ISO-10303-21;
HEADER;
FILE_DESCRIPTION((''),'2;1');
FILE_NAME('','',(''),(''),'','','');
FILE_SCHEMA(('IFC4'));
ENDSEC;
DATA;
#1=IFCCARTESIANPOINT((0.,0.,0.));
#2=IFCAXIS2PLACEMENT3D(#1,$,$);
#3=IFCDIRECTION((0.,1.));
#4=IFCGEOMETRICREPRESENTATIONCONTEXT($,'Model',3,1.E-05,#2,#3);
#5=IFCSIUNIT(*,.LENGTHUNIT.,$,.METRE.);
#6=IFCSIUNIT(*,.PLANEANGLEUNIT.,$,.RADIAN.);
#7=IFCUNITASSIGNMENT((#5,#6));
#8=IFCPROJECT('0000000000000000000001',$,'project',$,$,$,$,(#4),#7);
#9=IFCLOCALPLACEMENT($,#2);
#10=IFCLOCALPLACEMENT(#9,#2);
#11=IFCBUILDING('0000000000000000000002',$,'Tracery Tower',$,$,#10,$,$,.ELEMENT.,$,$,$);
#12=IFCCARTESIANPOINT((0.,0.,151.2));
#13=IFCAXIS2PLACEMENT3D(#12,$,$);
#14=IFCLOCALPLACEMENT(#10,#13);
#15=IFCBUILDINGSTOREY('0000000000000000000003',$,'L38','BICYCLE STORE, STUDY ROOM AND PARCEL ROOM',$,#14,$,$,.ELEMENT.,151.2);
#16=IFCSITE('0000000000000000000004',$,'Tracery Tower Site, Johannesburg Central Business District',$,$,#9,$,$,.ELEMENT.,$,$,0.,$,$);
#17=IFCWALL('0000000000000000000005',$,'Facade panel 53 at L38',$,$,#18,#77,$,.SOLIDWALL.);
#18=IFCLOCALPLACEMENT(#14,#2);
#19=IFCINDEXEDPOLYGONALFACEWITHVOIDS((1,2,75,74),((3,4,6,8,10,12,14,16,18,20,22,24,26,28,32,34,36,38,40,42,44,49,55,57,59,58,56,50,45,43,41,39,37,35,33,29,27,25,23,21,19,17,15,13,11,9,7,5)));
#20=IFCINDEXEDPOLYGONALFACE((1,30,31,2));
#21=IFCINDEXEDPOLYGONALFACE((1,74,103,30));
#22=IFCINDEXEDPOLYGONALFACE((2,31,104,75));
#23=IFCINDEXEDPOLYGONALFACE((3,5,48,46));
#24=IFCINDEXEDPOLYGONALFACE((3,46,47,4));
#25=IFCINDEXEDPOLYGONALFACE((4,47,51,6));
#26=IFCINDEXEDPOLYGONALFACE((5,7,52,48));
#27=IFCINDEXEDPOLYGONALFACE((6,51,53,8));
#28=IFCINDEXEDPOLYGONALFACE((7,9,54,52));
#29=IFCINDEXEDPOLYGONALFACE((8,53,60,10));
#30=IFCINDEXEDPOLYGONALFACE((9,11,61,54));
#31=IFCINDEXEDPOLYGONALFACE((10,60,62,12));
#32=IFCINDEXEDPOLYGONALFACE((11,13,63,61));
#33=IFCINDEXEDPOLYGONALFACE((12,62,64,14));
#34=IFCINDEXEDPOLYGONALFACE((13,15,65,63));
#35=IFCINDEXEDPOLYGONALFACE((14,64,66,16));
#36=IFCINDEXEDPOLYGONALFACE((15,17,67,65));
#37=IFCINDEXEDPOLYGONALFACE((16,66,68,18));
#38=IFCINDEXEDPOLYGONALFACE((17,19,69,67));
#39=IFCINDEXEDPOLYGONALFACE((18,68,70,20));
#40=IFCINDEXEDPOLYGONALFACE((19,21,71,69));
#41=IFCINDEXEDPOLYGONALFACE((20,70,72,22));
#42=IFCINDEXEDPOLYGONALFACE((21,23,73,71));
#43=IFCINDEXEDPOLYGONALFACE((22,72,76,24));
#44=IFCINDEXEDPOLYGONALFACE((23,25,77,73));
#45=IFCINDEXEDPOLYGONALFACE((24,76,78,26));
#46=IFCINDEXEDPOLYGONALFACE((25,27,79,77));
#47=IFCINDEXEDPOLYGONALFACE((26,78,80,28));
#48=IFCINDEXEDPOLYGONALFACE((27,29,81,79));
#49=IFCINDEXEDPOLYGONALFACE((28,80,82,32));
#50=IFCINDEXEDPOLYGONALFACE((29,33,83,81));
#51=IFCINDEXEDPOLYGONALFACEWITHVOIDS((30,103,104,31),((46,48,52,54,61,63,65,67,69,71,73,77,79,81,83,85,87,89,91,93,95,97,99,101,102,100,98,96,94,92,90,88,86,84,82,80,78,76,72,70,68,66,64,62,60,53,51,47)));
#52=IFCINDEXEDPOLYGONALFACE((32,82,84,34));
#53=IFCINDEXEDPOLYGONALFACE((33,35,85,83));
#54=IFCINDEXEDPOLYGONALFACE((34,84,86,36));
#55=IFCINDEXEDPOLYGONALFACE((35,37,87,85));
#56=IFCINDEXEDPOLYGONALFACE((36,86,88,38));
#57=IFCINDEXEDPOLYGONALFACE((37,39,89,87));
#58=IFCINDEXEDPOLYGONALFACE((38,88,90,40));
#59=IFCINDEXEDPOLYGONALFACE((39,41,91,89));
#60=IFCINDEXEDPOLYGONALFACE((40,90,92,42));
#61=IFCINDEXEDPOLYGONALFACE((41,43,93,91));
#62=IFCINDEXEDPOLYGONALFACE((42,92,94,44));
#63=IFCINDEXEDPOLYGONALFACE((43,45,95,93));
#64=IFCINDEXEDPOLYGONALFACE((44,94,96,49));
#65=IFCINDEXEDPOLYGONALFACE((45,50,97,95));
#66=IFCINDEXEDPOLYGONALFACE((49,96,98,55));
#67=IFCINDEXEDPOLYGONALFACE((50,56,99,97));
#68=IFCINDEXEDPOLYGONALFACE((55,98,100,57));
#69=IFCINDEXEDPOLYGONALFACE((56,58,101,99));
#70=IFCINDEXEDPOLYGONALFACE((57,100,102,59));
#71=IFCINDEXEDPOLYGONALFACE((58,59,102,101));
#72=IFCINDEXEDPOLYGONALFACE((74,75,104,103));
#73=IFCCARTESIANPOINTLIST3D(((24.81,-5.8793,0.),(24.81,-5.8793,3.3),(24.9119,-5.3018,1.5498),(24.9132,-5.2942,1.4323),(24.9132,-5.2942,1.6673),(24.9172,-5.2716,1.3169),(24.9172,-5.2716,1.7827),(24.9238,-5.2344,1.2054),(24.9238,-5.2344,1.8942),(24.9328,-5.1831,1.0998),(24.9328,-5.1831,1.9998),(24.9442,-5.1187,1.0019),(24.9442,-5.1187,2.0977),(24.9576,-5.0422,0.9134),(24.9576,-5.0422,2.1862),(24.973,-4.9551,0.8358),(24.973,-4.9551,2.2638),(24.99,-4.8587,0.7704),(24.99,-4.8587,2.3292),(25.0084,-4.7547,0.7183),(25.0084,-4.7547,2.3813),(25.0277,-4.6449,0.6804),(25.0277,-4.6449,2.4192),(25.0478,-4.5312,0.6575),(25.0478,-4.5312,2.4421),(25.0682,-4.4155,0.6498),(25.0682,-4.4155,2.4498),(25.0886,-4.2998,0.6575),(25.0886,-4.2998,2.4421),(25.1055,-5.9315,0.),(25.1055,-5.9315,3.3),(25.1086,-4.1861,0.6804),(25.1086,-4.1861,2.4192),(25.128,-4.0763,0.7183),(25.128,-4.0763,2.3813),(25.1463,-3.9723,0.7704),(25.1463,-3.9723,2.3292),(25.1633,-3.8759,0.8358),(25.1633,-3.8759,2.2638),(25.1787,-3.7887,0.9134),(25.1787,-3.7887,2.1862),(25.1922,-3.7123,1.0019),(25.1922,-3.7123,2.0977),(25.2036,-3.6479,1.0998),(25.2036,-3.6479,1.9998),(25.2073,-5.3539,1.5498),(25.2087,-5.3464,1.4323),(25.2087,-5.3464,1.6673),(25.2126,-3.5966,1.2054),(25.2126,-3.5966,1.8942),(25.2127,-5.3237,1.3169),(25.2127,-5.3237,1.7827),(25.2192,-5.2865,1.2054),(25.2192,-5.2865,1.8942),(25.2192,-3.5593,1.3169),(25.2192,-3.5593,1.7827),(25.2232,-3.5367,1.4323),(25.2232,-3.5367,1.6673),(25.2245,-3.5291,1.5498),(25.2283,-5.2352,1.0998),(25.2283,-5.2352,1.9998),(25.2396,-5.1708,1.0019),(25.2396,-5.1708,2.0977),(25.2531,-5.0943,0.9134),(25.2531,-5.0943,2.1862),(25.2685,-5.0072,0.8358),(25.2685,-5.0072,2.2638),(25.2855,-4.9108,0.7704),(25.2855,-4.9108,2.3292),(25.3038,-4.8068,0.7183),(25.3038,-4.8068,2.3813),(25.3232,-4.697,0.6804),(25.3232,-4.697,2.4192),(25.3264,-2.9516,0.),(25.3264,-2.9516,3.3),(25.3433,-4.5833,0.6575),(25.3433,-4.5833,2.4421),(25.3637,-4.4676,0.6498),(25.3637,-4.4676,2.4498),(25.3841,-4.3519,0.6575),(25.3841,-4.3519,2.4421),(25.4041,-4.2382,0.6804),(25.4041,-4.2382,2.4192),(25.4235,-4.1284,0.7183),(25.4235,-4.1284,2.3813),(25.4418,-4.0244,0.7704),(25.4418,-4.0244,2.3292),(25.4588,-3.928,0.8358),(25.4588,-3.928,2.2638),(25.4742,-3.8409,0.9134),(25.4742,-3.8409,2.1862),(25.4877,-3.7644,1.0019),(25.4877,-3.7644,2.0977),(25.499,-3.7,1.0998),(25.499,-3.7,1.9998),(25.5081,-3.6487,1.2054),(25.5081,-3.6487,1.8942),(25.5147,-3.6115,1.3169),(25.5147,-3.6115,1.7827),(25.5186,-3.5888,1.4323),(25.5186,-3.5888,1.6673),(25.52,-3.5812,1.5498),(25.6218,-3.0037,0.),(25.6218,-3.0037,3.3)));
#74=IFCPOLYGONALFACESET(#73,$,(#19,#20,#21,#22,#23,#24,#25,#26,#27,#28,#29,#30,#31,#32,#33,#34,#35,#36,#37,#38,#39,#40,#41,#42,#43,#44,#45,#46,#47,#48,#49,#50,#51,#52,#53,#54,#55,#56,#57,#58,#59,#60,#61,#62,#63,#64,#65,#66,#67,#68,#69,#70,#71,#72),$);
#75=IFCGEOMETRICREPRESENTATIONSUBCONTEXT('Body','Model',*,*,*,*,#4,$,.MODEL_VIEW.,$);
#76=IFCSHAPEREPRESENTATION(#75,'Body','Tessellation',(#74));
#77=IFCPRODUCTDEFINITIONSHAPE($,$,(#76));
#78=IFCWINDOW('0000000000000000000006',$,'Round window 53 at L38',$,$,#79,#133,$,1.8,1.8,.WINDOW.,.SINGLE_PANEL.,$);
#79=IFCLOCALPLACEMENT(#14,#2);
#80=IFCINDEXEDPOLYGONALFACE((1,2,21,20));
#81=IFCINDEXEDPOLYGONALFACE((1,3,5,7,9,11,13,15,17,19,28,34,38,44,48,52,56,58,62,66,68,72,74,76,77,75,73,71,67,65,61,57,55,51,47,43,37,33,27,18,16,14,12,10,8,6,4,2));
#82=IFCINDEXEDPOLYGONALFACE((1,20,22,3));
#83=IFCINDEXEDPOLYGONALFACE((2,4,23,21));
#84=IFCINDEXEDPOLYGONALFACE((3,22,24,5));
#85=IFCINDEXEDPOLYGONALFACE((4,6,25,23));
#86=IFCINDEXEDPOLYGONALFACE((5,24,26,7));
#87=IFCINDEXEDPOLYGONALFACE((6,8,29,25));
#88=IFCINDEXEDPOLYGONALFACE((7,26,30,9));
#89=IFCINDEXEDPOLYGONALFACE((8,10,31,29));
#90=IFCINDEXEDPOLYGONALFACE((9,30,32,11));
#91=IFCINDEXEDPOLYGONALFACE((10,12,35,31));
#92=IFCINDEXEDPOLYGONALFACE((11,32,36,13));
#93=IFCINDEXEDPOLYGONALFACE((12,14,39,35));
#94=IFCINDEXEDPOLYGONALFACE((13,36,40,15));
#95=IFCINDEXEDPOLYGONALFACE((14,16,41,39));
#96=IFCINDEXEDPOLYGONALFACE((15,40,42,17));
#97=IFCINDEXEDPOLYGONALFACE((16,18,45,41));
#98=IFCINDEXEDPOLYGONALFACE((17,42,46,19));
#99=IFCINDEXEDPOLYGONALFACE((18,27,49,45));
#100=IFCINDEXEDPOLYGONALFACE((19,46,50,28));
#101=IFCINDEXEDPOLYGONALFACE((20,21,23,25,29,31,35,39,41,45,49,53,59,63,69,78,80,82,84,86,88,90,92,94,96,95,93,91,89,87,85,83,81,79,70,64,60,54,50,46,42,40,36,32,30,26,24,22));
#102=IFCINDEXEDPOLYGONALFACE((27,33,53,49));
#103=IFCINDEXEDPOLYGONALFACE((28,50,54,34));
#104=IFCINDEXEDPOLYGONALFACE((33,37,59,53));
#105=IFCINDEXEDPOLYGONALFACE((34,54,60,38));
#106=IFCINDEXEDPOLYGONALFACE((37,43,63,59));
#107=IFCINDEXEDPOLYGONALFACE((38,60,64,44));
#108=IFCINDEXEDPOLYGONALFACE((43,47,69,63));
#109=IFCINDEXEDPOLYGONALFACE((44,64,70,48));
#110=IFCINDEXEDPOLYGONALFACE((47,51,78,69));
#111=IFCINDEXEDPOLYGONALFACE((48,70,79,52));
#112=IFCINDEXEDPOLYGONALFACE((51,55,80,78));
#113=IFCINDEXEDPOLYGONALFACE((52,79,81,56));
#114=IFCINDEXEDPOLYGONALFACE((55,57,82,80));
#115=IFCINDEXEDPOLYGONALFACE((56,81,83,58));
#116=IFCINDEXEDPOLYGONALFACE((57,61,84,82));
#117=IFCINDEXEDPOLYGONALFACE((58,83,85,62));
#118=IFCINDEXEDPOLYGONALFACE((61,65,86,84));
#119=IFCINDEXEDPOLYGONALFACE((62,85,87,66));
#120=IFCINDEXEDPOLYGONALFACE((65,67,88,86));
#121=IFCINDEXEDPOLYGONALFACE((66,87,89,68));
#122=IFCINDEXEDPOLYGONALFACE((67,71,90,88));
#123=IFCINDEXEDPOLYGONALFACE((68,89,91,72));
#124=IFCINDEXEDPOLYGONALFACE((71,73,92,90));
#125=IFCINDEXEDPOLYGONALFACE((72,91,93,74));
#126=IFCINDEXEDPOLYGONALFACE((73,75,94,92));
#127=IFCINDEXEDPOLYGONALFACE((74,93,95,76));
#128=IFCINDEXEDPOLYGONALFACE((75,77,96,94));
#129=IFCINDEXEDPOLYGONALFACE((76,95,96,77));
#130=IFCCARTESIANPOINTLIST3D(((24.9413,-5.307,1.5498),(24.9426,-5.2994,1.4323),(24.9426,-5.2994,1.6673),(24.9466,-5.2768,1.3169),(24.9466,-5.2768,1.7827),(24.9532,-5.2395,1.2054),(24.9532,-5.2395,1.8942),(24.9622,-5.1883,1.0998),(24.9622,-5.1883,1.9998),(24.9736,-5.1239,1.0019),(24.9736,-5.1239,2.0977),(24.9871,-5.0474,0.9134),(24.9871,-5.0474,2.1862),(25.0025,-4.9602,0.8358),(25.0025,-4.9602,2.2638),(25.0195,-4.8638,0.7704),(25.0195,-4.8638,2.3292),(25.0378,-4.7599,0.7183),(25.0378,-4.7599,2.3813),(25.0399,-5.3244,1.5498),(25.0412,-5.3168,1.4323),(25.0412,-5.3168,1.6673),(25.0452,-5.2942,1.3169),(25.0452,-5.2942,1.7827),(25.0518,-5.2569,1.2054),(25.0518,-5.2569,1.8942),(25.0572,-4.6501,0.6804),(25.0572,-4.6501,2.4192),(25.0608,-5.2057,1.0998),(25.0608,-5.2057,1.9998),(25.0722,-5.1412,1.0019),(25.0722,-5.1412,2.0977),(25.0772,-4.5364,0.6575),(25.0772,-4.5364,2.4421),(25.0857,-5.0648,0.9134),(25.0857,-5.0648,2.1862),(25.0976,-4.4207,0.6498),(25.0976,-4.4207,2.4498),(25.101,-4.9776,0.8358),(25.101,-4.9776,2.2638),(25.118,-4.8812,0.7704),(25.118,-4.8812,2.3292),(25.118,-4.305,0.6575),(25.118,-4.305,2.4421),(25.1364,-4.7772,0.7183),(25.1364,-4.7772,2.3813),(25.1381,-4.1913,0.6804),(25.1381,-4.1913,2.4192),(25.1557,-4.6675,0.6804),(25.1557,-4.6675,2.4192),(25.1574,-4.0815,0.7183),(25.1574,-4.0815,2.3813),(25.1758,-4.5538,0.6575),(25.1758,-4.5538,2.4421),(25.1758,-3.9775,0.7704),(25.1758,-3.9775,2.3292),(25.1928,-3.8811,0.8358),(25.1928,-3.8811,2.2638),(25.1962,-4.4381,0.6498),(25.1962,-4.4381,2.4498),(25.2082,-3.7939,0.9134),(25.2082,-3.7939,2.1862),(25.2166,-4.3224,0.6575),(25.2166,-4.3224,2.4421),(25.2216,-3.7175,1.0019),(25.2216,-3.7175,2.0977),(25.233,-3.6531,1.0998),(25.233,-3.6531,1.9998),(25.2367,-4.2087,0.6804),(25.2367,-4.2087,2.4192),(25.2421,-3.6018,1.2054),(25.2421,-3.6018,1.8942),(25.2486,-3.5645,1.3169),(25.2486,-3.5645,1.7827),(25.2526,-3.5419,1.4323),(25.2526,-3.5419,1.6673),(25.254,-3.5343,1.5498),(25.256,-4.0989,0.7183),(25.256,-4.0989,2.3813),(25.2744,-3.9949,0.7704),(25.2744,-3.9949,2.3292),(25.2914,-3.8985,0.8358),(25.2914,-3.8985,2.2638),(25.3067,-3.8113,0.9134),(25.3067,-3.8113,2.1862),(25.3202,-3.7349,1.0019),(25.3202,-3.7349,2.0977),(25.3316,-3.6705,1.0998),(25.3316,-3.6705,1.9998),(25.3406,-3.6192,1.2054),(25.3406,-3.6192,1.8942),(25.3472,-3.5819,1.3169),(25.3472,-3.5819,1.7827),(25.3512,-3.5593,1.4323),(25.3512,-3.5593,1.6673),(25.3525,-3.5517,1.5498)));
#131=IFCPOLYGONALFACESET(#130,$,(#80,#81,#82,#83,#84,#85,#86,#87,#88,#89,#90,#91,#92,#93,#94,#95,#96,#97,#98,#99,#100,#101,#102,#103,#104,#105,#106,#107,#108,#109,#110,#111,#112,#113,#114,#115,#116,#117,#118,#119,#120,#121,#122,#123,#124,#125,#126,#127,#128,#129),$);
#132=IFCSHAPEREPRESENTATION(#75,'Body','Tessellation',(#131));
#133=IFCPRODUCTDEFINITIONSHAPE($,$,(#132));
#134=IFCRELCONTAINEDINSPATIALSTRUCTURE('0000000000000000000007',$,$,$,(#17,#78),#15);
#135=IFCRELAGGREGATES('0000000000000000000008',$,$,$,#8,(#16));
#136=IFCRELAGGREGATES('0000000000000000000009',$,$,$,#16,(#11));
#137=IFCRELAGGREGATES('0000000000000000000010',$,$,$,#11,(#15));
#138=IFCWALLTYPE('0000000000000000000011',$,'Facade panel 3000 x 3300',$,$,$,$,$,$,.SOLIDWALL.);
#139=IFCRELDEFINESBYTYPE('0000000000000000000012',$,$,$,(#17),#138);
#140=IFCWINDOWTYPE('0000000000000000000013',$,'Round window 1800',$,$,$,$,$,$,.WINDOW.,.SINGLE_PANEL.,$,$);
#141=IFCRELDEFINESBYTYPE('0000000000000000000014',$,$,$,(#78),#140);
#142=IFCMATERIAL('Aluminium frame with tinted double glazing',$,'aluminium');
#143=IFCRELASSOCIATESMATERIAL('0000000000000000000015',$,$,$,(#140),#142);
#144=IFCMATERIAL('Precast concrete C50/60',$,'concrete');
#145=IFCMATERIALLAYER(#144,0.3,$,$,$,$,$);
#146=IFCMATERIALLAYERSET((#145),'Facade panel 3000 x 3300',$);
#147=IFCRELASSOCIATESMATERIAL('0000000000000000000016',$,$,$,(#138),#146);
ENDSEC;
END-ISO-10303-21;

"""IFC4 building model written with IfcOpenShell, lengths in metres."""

from ifc_helpers import new_model, si_unit, direction, frame, frame_2d, origin, origin_2d, place, context, subcontext, project, spatial, rectangle, circle, extrude, material, layer, layer_set, type_object, element, fill, save


model = new_model("IFC4")

# Units and contexts
model_context = context("Model", 3, precision=1e-05, world=origin(), true_north=direction((0.0, 1.0)))
body_context = subcontext(model_context, "Body", "Model", "MODEL_VIEW")
ifc_project = project(units=[si_unit("LENGTHUNIT", "METRE"), si_unit("PLANEANGLEUNIT", "RADIAN")], contexts=[model_context])

# Site, building, storey
site_placement = place(None, origin())
site = spatial("IfcSite", under=ifc_project, at=site_placement, Name="Tracery Tower Site, Johannesburg Central Business District", CompositionType="ELEMENT", RefElevation=0.0)
building_placement = place(site_placement, origin())
building = spatial("IfcBuilding", under=site, at=building_placement, Name="Tracery Tower", CompositionType="ELEMENT")
storey_placement = place(building_placement, frame((0.0, 0.0, 151.2)))
storey = spatial("IfcBuildingStorey", under=building, at=storey_placement, Name="L38", Description="BICYCLE STORE, STUDY ROOM AND PARCEL ROOM", CompositionType="ELEMENT", Elevation=151.2)

# Wall, opening, window
ifc_material_1 = material(Name="Aluminium frame with tinted double glazing", Category="aluminium")
window_type = type_object("IfcWindowType", Name="Round window 1800", PartitioningType="SINGLE_PANEL", PredefinedType="WINDOW", material=ifc_material_1)
ifc_material_2 = material(Name="Precast concrete C50/60", Category="concrete")
ifc_layer_1 = layer(ifc_material_2, 0.3)
ifc_layer_set_1 = layer_set([ifc_layer_1], Name="Facade panel 3000 x 3300")
wall_type_1 = type_object("IfcWallType", Name="Facade panel 3000 x 3300", PredefinedType="SOLIDWALL", material=ifc_layer_set_1)
wall_1_placement = place(storey_placement, frame((24.9578, -5.9053, 0.0), z_axis=(0.0, 0.0, 1.0), x_axis=(0.173687, 0.984801, 0.0)))
wall_1 = element("IfcWall", 1, at=wall_1_placement, inside=storey, type_object=wall_type_1, Name="Facade panel 53 at L38", PredefinedType="SOLIDWALL", context=body_context, shape_type="SweptSolid", body=[
    extrude(rectangle(XDim=2.9729, YDim=0.3, at=frame_2d((1.4863, 0.0))), origin(), (0.0, 0.0, 1.0), 3.3),
])
opening_1_placement = place(wall_1_placement, frame((1.4863, 0.0, 1.5498)))
opening_1 = element("IfcOpeningElement", 2, at=opening_1_placement, cuts=wall_1, PredefinedType="OPENING", context=body_context, shape_type="SweptSolid", body=[
    extrude(circle(Radius=0.9, at=origin_2d()), frame((0.0, 0.1599, 0.0), z_axis=(0.0, -1.0, 0.0), x_axis=(1.0, 0.0, 0.0)), (0.0, 0.0, 1.0), 0.3201),
])
window_1_placement = place(opening_1_placement, origin())
window_1 = element("IfcWindow", 3, at=window_1_placement, inside=storey, type_object=window_type, Name="Round window 53 at L38", OverallHeight=1.8, OverallWidth=1.8, PartitioningType="SINGLE_PANEL", PredefinedType="WINDOW", context=body_context, shape_type="SweptSolid", body=[
    extrude(circle(Radius=0.9, at=origin_2d()), frame((0.0, 0.1201, 0.0), z_axis=(0.0, -1.0, 0.0), x_axis=(1.0, 0.0, 0.0)), (0.0, 0.0, 1.0), 0.1001),
])
fill(opening_1, window_1)

save(model, "model.ifc")
